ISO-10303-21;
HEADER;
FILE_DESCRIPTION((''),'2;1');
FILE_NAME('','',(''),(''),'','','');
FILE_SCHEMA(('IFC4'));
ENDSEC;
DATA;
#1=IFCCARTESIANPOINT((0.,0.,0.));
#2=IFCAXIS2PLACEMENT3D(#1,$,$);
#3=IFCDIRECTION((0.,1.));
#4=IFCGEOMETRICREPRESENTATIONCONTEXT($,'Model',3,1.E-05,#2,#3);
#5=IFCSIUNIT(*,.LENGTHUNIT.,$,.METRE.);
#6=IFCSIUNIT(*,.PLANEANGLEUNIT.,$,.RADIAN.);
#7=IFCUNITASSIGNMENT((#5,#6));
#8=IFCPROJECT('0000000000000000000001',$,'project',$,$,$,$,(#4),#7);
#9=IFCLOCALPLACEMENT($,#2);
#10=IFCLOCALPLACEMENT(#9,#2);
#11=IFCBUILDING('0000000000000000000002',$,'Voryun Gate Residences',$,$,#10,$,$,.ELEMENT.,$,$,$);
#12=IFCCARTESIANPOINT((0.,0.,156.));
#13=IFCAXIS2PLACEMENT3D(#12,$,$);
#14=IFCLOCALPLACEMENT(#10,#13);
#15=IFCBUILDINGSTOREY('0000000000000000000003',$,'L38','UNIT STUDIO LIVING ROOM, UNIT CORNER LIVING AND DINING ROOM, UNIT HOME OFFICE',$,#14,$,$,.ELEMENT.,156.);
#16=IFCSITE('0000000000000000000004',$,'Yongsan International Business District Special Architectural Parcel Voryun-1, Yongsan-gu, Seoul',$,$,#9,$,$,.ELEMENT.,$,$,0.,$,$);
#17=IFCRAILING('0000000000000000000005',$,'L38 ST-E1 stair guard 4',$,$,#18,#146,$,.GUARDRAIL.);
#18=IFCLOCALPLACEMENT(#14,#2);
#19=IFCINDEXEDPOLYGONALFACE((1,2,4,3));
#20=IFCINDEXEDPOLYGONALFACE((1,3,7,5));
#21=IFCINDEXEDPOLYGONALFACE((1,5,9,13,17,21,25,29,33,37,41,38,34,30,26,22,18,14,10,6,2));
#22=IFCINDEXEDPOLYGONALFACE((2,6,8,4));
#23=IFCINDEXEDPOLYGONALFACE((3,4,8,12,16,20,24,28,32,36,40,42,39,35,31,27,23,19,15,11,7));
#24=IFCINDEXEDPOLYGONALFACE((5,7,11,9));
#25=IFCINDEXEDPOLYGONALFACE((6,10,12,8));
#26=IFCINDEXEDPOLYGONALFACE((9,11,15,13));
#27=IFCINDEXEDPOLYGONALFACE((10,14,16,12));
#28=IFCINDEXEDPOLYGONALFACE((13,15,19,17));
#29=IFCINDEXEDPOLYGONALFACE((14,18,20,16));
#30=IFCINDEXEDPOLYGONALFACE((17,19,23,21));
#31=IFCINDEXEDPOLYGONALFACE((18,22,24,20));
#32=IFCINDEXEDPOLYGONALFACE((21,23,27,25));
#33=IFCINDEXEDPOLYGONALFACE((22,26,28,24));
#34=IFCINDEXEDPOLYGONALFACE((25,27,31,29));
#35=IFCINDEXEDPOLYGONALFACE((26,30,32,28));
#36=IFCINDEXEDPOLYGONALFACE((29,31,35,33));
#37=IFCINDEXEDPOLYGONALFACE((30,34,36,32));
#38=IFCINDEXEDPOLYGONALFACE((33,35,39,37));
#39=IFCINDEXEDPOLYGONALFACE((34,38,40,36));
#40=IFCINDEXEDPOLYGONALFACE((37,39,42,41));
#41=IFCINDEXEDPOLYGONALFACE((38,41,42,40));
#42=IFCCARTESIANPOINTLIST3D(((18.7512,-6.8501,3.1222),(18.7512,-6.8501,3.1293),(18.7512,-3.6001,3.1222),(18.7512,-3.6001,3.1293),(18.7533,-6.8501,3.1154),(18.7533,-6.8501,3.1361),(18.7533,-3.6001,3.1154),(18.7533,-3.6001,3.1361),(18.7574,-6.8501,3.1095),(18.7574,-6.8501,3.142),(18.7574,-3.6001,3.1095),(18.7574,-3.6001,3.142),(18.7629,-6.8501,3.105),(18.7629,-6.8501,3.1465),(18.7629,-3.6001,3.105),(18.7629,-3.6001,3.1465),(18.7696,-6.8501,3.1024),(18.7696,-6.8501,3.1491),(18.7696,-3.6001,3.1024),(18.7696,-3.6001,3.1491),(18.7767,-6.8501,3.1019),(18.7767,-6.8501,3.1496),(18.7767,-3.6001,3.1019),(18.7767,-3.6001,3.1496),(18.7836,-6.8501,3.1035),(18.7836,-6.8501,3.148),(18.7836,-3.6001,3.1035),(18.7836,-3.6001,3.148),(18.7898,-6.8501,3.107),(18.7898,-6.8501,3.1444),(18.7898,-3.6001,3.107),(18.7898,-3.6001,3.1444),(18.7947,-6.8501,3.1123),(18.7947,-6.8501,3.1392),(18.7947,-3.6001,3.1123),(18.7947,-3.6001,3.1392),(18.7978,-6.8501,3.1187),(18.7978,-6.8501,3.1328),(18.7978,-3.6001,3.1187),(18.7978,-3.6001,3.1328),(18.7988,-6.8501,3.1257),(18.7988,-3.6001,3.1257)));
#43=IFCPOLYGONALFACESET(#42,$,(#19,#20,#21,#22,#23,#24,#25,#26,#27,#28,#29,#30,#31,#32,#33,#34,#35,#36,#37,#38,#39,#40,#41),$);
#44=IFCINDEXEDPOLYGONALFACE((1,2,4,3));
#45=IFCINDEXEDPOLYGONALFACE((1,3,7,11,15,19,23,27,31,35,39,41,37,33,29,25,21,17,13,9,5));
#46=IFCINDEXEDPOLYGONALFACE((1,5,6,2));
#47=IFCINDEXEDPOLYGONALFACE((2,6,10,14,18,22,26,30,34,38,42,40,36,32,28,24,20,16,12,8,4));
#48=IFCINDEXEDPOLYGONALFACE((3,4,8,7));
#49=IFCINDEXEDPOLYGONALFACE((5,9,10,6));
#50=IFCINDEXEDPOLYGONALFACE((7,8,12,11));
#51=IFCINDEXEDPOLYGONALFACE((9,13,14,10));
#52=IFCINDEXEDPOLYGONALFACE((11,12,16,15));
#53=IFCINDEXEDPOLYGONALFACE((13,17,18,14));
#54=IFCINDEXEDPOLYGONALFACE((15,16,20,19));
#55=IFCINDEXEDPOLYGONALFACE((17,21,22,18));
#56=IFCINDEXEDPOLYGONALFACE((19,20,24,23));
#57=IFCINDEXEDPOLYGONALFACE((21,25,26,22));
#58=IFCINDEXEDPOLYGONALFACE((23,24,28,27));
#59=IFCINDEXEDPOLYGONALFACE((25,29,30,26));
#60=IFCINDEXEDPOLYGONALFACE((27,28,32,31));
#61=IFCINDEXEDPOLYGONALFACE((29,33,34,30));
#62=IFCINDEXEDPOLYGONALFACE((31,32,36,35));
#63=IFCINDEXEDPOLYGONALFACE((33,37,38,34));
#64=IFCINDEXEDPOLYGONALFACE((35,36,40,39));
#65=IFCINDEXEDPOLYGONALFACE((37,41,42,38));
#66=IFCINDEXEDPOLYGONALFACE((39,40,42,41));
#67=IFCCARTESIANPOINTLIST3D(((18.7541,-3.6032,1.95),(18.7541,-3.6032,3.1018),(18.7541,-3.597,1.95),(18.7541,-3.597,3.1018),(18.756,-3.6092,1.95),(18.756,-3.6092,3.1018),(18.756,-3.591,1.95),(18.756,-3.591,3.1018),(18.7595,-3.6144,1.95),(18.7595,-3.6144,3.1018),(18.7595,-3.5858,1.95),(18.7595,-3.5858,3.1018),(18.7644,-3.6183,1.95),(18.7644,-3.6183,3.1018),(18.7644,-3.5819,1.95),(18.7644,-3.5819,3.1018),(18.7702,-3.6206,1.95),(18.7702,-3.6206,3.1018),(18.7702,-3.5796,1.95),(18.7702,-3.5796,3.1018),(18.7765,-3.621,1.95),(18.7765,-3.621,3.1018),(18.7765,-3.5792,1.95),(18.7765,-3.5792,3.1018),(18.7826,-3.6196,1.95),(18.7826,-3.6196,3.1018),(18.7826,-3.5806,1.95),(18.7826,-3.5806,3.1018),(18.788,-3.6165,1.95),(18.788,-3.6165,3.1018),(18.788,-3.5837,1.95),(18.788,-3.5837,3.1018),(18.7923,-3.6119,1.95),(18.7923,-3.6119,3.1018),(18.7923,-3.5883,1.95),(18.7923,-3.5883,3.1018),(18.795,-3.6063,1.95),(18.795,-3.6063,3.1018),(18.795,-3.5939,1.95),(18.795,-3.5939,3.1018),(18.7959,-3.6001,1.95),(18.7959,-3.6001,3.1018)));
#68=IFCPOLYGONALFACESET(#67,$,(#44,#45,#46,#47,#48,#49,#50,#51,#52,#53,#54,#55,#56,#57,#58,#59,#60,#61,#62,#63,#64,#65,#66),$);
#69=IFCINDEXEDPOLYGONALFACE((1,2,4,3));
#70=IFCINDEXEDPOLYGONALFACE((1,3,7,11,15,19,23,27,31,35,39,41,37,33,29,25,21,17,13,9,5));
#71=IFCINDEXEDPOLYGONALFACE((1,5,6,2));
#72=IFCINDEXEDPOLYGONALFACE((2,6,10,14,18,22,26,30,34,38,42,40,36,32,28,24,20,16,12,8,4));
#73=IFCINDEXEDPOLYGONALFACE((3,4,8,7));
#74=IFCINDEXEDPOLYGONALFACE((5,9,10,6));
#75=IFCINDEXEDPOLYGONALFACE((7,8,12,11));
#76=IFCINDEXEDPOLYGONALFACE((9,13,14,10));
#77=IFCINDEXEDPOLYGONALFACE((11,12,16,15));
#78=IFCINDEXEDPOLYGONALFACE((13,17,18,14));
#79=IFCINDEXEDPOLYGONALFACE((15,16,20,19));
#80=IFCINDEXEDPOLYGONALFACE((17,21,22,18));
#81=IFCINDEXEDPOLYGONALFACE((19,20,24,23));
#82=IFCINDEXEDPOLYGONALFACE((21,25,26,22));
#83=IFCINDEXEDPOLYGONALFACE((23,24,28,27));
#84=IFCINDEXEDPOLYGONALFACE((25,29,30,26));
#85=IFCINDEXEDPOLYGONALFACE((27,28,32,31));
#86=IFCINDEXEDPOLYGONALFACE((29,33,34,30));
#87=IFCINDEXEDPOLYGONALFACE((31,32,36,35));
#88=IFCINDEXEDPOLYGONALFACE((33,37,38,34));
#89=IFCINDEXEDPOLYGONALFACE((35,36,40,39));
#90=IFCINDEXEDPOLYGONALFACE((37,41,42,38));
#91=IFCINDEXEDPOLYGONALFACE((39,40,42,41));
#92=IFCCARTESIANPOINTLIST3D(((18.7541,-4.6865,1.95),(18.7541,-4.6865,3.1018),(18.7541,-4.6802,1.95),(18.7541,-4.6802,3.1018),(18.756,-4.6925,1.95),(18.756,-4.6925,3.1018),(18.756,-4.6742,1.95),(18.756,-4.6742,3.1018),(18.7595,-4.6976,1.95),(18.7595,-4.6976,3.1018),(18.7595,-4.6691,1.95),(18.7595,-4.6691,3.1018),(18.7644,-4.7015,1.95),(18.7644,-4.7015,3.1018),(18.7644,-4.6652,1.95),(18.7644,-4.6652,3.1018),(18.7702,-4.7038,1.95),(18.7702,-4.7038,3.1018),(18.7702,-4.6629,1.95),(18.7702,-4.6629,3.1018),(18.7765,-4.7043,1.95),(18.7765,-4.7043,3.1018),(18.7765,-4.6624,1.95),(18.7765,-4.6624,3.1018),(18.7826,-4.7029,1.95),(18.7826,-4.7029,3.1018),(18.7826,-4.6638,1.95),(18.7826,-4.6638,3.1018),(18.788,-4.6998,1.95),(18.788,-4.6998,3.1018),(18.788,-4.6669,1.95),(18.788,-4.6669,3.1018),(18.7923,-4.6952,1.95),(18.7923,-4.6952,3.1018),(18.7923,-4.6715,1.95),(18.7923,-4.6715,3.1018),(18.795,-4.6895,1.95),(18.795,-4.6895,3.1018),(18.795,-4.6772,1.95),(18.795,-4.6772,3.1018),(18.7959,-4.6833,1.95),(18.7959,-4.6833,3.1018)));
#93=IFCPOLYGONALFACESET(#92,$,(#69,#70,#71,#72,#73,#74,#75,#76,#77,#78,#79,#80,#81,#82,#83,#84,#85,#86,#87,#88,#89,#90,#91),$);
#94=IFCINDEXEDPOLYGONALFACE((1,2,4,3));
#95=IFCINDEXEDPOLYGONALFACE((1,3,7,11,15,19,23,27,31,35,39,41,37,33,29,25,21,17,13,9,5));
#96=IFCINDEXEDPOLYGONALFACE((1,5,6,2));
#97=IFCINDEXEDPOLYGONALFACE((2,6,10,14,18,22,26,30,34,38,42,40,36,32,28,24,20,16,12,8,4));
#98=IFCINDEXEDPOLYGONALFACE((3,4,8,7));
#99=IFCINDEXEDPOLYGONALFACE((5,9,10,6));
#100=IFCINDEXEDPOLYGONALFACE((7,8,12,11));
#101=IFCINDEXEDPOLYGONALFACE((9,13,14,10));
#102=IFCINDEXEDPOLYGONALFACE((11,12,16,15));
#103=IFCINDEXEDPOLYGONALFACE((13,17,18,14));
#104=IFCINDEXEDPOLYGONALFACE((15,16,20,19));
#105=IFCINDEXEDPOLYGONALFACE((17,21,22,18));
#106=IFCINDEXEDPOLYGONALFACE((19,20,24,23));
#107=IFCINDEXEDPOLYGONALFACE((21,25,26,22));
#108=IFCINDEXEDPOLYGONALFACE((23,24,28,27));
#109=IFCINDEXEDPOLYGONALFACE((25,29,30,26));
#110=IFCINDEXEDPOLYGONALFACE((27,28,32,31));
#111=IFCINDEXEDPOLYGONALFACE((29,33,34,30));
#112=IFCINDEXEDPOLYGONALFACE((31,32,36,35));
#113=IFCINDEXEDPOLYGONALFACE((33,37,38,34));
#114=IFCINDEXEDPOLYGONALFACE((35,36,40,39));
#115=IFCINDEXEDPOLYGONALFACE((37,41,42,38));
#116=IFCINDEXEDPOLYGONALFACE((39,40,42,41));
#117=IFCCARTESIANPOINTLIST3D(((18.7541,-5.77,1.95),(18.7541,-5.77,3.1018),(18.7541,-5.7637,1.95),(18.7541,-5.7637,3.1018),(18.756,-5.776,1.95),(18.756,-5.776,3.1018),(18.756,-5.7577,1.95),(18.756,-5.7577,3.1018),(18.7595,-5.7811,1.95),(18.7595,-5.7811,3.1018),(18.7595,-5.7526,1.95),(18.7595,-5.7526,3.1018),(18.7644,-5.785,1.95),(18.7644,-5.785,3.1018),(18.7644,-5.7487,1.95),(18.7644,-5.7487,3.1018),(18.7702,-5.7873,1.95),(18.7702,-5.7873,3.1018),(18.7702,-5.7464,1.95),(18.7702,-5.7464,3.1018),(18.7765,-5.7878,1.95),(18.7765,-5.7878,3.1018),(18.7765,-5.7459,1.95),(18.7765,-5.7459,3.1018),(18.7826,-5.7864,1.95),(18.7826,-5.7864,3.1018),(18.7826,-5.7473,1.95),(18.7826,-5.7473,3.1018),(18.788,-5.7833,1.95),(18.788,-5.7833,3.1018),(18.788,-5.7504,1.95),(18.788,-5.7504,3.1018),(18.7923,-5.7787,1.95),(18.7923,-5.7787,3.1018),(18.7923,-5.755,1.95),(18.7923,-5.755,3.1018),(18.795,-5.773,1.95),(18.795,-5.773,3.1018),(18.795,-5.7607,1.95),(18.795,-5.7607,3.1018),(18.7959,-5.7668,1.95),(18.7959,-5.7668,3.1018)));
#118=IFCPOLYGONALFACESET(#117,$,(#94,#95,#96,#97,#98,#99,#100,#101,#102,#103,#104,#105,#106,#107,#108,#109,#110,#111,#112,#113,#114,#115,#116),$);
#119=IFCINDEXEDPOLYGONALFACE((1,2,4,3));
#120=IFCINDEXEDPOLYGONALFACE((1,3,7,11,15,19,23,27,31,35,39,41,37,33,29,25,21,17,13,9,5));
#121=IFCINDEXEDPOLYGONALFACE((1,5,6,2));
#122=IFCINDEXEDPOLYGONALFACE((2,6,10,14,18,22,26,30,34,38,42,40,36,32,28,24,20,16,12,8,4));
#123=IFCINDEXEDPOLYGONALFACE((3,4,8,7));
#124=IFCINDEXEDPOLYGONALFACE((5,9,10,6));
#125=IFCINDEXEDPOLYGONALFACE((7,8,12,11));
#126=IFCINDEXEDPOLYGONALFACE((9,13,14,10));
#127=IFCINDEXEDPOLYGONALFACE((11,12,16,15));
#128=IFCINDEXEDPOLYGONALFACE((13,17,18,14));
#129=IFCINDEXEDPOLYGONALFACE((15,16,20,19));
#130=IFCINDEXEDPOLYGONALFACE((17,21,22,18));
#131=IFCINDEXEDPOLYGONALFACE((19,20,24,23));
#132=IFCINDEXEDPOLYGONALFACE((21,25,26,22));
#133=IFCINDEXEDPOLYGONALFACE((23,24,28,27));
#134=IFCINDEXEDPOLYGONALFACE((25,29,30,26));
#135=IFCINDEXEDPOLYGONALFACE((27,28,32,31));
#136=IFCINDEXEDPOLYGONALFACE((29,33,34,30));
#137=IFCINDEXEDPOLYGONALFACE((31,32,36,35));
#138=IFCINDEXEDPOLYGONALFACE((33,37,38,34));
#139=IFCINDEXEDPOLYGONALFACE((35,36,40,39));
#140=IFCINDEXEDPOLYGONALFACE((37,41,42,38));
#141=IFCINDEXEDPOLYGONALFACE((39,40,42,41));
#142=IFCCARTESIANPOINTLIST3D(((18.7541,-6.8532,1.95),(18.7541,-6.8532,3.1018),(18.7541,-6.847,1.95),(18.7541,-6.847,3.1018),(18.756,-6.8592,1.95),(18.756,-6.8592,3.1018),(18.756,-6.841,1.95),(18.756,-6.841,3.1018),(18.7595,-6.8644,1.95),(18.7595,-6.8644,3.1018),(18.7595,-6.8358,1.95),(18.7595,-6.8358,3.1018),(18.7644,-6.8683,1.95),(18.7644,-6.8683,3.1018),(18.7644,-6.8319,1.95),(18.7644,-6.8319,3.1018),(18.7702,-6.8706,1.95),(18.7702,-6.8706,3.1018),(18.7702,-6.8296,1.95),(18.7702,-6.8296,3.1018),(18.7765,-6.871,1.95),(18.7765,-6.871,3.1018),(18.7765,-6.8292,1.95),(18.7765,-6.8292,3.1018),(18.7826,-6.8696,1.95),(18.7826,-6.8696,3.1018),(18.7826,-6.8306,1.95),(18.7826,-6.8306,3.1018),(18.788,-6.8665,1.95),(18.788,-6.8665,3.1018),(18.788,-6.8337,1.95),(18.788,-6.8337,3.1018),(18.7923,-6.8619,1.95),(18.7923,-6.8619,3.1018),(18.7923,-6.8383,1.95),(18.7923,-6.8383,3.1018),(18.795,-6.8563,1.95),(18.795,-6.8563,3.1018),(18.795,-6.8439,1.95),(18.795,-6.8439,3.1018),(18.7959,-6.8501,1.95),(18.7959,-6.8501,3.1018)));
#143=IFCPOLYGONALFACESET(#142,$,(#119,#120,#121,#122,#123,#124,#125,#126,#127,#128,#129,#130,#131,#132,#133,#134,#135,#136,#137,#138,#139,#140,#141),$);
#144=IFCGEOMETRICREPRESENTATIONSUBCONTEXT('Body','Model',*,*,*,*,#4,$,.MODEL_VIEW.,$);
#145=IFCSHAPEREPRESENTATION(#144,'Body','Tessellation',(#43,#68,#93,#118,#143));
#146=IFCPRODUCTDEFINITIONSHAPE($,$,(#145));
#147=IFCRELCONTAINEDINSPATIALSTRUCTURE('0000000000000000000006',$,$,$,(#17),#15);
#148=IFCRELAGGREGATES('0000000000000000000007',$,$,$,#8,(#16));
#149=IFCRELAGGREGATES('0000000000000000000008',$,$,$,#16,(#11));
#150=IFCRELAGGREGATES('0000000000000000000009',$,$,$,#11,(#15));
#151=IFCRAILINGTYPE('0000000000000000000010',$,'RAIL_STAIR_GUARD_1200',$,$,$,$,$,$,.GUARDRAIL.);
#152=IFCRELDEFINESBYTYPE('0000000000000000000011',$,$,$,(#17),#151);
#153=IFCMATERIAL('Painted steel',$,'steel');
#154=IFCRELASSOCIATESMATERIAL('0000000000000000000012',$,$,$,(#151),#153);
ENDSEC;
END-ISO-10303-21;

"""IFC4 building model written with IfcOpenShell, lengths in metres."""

from ifc_helpers import new_model, si_unit, direction, frame, origin, origin_2d, place, context, subcontext, project, spatial, circle, extrude, material, type_object, element, save


model = new_model("IFC4")

# Units and contexts
model_context = context("Model", 3, precision=1e-05, world=origin(), true_north=direction((0.0, 1.0)))
body_context = subcontext(model_context, "Body", "Model", "MODEL_VIEW")
ifc_project = project(units=[si_unit("LENGTHUNIT", "METRE"), si_unit("PLANEANGLEUNIT", "RADIAN")], contexts=[model_context])

# Site, building, storey
site_placement = place(None, origin())
site = spatial("IfcSite", under=ifc_project, at=site_placement, Name="Yongsan International Business District Special Architectural Parcel Voryun-1, Yongsan-gu, Seoul", CompositionType="ELEMENT", RefElevation=0.0)
building_placement = place(site_placement, origin())
building = spatial("IfcBuilding", under=site, at=building_placement, Name="Voryun Gate Residences", CompositionType="ELEMENT")
storey_placement = place(building_placement, frame((0.0, 0.0, 156.0)))
storey = spatial("IfcBuildingStorey", under=building, at=storey_placement, Name="L38", Description="UNIT STUDIO LIVING ROOM, UNIT CORNER LIVING AND DINING ROOM, UNIT HOME OFFICE", CompositionType="ELEMENT", Elevation=156.0)

# Railing
ifc_material_1 = material(Name="Painted steel", Category="steel")
railing_type_1 = type_object("IfcRailingType", Name="RAIL_STAIR_GUARD_1200", PredefinedType="GUARDRAIL", material=ifc_material_1)
for number, where, name in (
    (1, (18.7749, -3.6001, 1.95), "L38 ST-E1 stair guard 4"),
):
    element("IfcRailing", number, at=place(storey_placement, frame(where)), inside=storey, type_object=railing_type_1, Name=name, PredefinedType="GUARDRAIL", context=body_context, shape_type="SweptSolid", body=[
        extrude(circle(Radius=0.0239, at=origin_2d()), frame((0.0, 0.0, 1.1758), z_axis=(0.0, -1.0, 0.0), x_axis=(1.0, 0.0, 0.0)), (0.0, 0.0, 1.0), 3.25),
        extrude(circle(Radius=0.021, at=origin_2d()), origin(), (0.0, 0.0, 1.0), 1.1519),
        extrude(circle(Radius=0.021, at=origin_2d()), frame((0.0, -1.0833, 0.0)), (0.0, 0.0, 1.0), 1.1519),
        extrude(circle(Radius=0.021, at=origin_2d()), frame((0.0, -2.1667, 0.0)), (0.0, 0.0, 1.0), 1.1519),
        extrude(circle(Radius=0.021, at=origin_2d()), frame((0.0, -3.25, 0.0)), (0.0, 0.0, 1.0), 1.1519),
    ])

save(model, "model.ifc")
